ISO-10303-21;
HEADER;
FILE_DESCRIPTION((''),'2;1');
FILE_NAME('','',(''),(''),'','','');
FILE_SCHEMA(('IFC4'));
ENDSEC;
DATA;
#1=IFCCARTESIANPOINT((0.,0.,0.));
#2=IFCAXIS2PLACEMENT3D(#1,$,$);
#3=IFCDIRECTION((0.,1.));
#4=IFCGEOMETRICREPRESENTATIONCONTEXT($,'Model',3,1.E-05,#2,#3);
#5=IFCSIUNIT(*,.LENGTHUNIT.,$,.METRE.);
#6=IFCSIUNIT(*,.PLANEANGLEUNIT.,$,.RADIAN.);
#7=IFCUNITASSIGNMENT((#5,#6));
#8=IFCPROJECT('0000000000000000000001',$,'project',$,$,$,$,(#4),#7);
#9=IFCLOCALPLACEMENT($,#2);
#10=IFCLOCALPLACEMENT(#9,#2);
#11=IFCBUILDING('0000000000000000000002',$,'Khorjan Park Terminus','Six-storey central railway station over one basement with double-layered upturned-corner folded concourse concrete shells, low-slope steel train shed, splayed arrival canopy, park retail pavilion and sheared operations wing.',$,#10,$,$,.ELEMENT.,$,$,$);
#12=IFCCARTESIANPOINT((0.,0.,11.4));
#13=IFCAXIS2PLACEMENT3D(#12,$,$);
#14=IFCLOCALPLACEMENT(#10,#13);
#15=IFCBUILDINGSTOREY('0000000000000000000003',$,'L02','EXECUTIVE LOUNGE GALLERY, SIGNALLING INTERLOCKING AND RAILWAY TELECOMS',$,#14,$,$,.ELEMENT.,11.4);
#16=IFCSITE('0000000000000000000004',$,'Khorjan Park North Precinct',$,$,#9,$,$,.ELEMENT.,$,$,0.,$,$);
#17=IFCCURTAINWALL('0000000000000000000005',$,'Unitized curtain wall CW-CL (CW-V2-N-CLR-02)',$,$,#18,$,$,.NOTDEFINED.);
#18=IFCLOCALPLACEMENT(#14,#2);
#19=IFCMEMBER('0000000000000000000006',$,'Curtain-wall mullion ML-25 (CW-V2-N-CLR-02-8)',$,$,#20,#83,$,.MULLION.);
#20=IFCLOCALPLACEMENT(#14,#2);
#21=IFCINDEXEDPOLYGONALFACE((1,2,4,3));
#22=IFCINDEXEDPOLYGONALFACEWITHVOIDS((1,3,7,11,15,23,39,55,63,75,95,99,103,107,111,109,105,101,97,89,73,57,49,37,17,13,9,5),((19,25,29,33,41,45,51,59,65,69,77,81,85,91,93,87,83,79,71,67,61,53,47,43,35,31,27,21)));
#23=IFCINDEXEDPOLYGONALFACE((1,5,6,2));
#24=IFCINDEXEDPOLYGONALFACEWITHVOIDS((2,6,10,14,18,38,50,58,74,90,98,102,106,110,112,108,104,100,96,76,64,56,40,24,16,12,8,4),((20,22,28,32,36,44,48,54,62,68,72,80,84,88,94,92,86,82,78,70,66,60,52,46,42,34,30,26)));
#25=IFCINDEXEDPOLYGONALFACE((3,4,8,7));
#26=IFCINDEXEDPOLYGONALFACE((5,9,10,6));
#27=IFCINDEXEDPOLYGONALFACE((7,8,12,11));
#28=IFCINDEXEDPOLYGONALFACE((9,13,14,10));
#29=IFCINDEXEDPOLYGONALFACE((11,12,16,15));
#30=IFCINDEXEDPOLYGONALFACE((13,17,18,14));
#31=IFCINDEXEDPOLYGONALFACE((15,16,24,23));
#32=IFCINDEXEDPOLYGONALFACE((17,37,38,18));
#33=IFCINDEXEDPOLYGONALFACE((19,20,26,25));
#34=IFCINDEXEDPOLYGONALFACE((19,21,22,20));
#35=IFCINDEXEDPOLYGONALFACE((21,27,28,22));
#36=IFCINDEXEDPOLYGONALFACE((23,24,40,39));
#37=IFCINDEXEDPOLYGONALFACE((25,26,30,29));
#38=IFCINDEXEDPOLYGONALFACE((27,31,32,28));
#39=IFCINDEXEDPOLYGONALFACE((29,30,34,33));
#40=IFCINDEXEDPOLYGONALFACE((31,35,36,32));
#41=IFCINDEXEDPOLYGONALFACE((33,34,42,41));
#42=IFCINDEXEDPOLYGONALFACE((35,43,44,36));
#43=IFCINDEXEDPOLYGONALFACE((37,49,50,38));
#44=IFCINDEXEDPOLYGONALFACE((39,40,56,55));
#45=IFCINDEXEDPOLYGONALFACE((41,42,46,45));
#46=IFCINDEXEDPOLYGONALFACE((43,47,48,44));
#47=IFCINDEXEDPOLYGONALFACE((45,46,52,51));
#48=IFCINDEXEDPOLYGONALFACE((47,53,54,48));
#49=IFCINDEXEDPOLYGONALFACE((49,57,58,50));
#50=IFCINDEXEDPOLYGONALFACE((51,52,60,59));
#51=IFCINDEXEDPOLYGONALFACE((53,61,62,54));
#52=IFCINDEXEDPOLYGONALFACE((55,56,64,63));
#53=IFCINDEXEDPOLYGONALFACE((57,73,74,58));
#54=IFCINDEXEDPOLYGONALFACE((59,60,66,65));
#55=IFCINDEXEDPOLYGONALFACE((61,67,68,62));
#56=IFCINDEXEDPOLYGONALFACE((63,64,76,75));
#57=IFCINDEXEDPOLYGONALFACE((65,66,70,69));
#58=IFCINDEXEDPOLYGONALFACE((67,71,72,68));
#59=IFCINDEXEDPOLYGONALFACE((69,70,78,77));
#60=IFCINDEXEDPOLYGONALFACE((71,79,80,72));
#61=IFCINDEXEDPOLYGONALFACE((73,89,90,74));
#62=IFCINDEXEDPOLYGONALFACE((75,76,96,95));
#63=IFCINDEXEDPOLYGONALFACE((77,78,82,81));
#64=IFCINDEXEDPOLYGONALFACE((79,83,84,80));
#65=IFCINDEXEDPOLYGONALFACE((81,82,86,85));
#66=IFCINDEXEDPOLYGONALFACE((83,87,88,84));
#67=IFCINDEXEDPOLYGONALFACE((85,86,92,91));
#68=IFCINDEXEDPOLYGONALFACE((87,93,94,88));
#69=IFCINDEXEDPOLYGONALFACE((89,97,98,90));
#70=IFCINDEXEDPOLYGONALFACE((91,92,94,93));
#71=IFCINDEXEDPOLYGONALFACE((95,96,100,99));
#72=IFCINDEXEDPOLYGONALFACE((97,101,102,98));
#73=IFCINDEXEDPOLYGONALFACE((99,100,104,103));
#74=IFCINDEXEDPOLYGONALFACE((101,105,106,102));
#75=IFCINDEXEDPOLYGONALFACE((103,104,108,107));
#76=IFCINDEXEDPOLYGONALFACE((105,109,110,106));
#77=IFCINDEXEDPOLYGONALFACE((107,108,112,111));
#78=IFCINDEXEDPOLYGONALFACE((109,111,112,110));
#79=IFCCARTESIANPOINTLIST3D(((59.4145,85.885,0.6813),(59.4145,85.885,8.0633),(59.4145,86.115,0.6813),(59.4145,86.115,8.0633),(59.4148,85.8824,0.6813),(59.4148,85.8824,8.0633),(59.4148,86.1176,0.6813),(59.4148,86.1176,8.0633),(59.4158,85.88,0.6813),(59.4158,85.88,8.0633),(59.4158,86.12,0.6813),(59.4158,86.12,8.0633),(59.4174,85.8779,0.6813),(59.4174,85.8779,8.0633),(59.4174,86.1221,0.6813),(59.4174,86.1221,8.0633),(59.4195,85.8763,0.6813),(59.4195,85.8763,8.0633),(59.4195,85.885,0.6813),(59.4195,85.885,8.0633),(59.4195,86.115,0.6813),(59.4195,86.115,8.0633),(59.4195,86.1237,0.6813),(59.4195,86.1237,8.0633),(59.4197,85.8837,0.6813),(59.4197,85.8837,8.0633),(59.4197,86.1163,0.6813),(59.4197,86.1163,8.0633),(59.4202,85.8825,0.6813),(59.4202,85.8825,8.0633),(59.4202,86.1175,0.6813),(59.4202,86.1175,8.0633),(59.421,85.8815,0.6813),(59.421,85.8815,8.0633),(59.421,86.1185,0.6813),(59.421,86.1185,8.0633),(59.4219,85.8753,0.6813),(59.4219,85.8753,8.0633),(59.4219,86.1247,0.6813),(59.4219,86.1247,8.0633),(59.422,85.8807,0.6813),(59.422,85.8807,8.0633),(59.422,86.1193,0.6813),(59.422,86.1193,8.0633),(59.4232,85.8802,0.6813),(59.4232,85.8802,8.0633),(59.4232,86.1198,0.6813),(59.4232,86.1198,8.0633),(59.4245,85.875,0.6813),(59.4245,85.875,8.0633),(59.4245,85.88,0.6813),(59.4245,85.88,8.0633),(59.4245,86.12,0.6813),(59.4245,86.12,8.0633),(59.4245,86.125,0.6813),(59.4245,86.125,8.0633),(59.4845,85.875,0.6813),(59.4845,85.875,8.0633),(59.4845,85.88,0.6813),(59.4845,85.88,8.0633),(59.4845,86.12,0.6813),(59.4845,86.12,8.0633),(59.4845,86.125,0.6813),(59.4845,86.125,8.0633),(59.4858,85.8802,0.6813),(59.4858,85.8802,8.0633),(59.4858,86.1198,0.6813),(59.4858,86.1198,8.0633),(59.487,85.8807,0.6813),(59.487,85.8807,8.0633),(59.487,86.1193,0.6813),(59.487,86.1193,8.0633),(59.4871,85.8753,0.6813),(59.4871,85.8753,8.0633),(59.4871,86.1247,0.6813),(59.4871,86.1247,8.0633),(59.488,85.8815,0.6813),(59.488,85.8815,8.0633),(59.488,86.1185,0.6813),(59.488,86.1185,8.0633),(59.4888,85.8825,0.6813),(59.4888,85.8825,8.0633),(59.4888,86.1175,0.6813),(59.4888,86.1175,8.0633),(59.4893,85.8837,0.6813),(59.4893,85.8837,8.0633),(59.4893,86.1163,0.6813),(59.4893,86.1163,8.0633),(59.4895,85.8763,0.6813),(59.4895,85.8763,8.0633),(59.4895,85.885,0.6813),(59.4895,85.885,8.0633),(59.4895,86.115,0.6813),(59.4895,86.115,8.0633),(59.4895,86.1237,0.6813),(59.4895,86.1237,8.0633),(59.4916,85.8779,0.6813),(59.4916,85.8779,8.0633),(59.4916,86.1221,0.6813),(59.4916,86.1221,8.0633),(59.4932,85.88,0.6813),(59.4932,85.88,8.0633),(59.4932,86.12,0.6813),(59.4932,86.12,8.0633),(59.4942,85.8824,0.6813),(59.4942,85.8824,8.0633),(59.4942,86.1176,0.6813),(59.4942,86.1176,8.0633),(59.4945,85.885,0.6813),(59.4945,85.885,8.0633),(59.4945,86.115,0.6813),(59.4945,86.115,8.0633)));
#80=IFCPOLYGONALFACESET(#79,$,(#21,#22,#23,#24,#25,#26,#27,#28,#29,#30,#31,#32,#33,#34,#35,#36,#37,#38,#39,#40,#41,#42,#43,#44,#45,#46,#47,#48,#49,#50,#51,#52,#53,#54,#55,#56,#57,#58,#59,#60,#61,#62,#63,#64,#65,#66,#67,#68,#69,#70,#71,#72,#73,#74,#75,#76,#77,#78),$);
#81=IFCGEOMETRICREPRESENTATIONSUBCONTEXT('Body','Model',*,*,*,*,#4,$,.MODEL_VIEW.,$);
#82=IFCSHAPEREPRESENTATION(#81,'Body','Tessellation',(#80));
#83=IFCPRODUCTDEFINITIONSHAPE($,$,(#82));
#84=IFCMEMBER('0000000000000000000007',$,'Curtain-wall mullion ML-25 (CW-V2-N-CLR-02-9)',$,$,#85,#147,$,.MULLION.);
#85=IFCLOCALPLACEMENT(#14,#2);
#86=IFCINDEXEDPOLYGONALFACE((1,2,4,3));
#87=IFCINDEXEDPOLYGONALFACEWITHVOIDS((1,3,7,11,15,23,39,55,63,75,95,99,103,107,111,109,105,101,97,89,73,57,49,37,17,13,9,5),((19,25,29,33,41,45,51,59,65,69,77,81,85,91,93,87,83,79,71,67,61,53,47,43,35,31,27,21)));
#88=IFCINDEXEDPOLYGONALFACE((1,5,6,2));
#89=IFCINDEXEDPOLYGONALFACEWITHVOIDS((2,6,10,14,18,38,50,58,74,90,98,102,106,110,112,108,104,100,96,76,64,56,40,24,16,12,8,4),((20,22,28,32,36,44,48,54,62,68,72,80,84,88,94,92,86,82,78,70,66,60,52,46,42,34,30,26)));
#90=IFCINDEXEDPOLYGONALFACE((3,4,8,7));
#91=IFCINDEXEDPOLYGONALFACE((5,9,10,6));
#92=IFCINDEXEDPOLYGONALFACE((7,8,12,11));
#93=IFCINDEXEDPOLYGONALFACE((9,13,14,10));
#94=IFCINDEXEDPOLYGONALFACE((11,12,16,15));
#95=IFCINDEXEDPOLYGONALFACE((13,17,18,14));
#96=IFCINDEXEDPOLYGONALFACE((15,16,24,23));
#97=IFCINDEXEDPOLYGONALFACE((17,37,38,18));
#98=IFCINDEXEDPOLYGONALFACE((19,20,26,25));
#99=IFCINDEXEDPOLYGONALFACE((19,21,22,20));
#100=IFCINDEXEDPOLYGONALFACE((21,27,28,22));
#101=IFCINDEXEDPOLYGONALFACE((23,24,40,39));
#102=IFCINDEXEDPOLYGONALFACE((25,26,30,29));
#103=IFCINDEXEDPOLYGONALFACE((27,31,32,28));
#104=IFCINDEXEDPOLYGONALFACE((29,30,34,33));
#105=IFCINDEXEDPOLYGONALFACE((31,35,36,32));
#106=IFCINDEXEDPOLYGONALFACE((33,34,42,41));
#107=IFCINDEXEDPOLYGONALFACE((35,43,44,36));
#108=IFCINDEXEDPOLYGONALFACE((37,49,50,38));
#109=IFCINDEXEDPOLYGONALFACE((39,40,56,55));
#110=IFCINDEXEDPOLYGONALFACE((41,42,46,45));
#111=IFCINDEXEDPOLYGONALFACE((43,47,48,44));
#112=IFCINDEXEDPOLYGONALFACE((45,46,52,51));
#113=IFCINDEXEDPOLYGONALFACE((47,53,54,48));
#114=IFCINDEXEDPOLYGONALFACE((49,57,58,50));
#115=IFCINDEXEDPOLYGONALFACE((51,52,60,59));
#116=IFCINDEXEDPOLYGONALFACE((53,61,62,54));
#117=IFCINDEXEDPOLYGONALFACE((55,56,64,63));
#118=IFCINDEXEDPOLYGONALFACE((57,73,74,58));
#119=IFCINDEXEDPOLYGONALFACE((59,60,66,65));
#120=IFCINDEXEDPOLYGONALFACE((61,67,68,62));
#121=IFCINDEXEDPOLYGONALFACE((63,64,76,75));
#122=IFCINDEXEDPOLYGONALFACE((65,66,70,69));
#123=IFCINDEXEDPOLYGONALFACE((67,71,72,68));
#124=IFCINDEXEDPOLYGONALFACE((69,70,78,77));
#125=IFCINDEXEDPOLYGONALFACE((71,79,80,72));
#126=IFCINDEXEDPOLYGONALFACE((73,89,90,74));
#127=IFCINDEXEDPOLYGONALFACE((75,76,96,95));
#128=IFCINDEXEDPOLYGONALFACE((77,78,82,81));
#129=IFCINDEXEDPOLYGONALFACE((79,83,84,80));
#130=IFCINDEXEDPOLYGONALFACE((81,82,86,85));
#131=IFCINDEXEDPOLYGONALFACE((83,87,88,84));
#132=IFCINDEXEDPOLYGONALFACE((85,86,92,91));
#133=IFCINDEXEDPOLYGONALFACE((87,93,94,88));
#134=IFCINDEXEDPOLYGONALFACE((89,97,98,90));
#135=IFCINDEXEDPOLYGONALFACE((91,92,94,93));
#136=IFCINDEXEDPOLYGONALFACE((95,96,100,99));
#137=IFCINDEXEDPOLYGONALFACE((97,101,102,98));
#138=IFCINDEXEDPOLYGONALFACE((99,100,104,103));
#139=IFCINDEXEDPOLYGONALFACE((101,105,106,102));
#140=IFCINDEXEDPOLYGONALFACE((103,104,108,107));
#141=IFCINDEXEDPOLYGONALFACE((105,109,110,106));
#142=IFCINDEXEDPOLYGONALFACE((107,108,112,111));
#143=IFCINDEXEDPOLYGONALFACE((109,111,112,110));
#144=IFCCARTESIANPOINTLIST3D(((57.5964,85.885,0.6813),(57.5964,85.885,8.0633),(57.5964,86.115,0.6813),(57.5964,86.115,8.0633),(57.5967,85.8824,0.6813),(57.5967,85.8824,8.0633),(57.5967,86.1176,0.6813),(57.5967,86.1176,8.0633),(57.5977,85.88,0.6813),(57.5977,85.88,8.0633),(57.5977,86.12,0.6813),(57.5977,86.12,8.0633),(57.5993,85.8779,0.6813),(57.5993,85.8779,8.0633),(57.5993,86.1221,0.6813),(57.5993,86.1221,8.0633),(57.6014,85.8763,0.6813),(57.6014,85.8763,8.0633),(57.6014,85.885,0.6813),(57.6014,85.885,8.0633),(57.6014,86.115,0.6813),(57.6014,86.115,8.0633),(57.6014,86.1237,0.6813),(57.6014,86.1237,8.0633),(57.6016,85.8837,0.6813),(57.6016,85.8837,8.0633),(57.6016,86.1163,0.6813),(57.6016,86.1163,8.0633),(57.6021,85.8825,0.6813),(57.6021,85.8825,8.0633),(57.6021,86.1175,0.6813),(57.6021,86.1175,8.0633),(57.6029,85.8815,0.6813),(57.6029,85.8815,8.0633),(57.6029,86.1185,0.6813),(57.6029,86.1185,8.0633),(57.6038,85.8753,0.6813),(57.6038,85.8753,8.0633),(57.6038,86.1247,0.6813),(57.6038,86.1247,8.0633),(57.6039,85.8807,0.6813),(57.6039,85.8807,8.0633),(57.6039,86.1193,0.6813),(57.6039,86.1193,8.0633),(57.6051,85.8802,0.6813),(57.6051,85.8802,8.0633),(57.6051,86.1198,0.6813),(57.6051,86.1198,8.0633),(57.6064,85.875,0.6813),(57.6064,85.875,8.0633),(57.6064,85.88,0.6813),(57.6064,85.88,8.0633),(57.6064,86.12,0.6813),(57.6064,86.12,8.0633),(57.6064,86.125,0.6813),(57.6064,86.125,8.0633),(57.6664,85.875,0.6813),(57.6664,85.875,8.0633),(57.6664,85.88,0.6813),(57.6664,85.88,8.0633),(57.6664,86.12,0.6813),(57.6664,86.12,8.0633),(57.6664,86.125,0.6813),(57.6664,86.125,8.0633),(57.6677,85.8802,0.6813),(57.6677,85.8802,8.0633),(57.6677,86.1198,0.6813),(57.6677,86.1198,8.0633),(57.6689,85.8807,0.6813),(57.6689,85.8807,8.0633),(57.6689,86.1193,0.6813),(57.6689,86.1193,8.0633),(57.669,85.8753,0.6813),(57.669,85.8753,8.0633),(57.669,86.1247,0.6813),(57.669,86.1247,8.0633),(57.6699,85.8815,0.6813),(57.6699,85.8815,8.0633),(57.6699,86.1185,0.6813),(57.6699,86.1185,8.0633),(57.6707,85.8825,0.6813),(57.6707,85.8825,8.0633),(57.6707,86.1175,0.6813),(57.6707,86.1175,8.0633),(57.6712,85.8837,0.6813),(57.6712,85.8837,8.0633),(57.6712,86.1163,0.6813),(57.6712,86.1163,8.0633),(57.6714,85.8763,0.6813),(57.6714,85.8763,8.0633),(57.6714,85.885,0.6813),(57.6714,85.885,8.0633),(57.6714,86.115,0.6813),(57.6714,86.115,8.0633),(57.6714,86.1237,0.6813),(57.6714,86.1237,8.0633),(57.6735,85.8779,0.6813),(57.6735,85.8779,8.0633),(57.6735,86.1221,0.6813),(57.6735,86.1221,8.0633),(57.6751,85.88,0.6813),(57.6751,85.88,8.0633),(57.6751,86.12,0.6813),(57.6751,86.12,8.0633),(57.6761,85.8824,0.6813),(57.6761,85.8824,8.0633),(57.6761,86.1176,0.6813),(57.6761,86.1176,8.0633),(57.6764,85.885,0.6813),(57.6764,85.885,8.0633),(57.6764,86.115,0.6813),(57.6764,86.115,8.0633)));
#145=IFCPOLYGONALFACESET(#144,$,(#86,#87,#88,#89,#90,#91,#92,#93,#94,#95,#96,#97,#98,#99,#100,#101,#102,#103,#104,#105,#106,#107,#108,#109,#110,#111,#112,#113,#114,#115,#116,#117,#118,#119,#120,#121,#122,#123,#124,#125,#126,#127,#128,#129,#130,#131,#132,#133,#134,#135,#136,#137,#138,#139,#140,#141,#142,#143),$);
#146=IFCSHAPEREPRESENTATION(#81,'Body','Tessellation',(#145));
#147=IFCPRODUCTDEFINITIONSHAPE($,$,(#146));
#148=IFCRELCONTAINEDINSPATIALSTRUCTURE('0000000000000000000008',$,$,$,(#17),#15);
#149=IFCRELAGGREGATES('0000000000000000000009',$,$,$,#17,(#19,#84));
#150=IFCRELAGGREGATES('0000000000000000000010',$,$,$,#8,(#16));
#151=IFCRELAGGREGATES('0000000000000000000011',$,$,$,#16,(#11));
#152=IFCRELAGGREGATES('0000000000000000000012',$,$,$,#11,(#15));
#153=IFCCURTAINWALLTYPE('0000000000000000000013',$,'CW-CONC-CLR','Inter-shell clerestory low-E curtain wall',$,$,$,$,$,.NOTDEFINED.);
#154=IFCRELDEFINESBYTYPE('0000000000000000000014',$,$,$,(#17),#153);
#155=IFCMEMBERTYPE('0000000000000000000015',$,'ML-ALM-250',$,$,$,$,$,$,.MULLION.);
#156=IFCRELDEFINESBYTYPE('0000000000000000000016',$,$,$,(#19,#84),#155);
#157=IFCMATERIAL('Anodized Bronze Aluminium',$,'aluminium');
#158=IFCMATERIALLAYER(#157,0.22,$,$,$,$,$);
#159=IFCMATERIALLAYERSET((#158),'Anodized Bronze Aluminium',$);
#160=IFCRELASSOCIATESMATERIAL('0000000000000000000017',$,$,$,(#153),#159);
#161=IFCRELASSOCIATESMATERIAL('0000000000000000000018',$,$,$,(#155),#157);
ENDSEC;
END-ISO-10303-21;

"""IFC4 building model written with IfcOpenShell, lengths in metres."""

from ifc_helpers import new_model, si_unit, direction, frame, origin, origin_2d, place, context, subcontext, project, spatial, hollow_rectangle, extrude, material, layer, layer_set, material_profile, profile_set, type_object, element, aggregate, save


model = new_model("IFC4")

# Units and contexts
model_context = context("Model", 3, precision=1e-05, world=origin(), true_north=direction((0.0, 1.0)))
body_context = subcontext(model_context, "Body", "Model", "MODEL_VIEW")
ifc_project = project(units=[si_unit("LENGTHUNIT", "METRE"), si_unit("PLANEANGLEUNIT", "RADIAN")], contexts=[model_context])

# Site, building, storey
site_placement = place(None, origin())
site = spatial("IfcSite", under=ifc_project, at=site_placement, Name="Khorjan Park North Precinct", CompositionType="ELEMENT", RefElevation=0.0)
building_placement = place(site_placement, origin())
building = spatial("IfcBuilding", under=site, at=building_placement, Name="Khorjan Park Terminus", Description="Six-storey central railway station over one basement with double-layered upturned-corner folded concourse concrete shells, low-slope steel train shed, splayed arrival canopy, park retail pavilion and sheared operations wing.", CompositionType="ELEMENT")
storey_placement = place(building_placement, frame((0.0, 0.0, 11.4)))
storey = spatial("IfcBuildingStorey", under=building, at=storey_placement, Name="L02", Description="EXECUTIVE LOUNGE GALLERY, SIGNALLING INTERLOCKING AND RAILWAY TELECOMS", CompositionType="ELEMENT", Elevation=11.4)

# Curtain wall, members
ifc_material_1 = material(Name="Anodized Bronze Aluminium", Category="aluminium")
ifc_layer_1 = layer(ifc_material_1, 0.22)
ifc_layer_set_1 = layer_set([ifc_layer_1], Name="Anodized Bronze Aluminium")
curtain_wall_type = type_object("IfcCurtainWallType", Name="CW-CONC-CLR", Description="Inter-shell clerestory low-E curtain wall", PredefinedType="NOTDEFINED", material=ifc_layer_set_1)
curtain_wall_placement = place(storey_placement, origin())
curtain_wall = element("IfcCurtainWall", 1, at=curtain_wall_placement, inside=storey, type_object=curtain_wall_type, Name="Unitized curtain wall CW-CL (CW-V2-N-CLR-02)", PredefinedType="NOTDEFINED")
ifc_material_profile_1 = material_profile(ifc_material_1, hollow_rectangle(XDim=0.08, YDim=0.25, WallThickness=0.005, InnerFilletRadius=0.005, OuterFilletRadius=0.01, at=origin_2d()), Name="ALM 80x250x5")
ifc_profile_set_1 = profile_set([ifc_material_profile_1], Name="Anodized Bronze Aluminium")
member_type_1 = type_object("IfcMemberType", Name="ML-ALM-250", PredefinedType="MULLION", material=ifc_profile_set_1)
member_1_placement = place(storey_placement, frame((59.4545, 86.0, 0.6813), z_axis=(0.0, 0.0, 1.0), x_axis=(-1.0, 0.0, 0.0)))
member_1 = element("IfcMember", 2, at=member_1_placement, type_object=member_type_1, Name="Curtain-wall mullion ML-25 (CW-V2-N-CLR-02-8)", PredefinedType="MULLION", context=body_context, shape_type="SweptSolid", body=[
    extrude(hollow_rectangle(XDim=0.08, YDim=0.25, WallThickness=0.005, InnerFilletRadius=0.005, OuterFilletRadius=0.01, at=origin_2d()), origin(), (0.0, 0.0, 1.0), 7.382),
])
member_2_placement = place(storey_placement, frame((57.6364, 86.0, 0.6813), z_axis=(0.0, 0.0, 1.0), x_axis=(-1.0, 0.0, 0.0)))
member_2 = element("IfcMember", 3, at=member_2_placement, type_object=member_type_1, Name="Curtain-wall mullion ML-25 (CW-V2-N-CLR-02-9)", PredefinedType="MULLION", context=body_context, shape_type="SweptSolid", body=[
    extrude(hollow_rectangle(XDim=0.08, YDim=0.25, WallThickness=0.005, InnerFilletRadius=0.005, OuterFilletRadius=0.01, at=origin_2d()), origin(), (0.0, 0.0, 1.0), 7.382),
])

aggregate(curtain_wall, [member_1, member_2])

save(model, "model.ifc")
